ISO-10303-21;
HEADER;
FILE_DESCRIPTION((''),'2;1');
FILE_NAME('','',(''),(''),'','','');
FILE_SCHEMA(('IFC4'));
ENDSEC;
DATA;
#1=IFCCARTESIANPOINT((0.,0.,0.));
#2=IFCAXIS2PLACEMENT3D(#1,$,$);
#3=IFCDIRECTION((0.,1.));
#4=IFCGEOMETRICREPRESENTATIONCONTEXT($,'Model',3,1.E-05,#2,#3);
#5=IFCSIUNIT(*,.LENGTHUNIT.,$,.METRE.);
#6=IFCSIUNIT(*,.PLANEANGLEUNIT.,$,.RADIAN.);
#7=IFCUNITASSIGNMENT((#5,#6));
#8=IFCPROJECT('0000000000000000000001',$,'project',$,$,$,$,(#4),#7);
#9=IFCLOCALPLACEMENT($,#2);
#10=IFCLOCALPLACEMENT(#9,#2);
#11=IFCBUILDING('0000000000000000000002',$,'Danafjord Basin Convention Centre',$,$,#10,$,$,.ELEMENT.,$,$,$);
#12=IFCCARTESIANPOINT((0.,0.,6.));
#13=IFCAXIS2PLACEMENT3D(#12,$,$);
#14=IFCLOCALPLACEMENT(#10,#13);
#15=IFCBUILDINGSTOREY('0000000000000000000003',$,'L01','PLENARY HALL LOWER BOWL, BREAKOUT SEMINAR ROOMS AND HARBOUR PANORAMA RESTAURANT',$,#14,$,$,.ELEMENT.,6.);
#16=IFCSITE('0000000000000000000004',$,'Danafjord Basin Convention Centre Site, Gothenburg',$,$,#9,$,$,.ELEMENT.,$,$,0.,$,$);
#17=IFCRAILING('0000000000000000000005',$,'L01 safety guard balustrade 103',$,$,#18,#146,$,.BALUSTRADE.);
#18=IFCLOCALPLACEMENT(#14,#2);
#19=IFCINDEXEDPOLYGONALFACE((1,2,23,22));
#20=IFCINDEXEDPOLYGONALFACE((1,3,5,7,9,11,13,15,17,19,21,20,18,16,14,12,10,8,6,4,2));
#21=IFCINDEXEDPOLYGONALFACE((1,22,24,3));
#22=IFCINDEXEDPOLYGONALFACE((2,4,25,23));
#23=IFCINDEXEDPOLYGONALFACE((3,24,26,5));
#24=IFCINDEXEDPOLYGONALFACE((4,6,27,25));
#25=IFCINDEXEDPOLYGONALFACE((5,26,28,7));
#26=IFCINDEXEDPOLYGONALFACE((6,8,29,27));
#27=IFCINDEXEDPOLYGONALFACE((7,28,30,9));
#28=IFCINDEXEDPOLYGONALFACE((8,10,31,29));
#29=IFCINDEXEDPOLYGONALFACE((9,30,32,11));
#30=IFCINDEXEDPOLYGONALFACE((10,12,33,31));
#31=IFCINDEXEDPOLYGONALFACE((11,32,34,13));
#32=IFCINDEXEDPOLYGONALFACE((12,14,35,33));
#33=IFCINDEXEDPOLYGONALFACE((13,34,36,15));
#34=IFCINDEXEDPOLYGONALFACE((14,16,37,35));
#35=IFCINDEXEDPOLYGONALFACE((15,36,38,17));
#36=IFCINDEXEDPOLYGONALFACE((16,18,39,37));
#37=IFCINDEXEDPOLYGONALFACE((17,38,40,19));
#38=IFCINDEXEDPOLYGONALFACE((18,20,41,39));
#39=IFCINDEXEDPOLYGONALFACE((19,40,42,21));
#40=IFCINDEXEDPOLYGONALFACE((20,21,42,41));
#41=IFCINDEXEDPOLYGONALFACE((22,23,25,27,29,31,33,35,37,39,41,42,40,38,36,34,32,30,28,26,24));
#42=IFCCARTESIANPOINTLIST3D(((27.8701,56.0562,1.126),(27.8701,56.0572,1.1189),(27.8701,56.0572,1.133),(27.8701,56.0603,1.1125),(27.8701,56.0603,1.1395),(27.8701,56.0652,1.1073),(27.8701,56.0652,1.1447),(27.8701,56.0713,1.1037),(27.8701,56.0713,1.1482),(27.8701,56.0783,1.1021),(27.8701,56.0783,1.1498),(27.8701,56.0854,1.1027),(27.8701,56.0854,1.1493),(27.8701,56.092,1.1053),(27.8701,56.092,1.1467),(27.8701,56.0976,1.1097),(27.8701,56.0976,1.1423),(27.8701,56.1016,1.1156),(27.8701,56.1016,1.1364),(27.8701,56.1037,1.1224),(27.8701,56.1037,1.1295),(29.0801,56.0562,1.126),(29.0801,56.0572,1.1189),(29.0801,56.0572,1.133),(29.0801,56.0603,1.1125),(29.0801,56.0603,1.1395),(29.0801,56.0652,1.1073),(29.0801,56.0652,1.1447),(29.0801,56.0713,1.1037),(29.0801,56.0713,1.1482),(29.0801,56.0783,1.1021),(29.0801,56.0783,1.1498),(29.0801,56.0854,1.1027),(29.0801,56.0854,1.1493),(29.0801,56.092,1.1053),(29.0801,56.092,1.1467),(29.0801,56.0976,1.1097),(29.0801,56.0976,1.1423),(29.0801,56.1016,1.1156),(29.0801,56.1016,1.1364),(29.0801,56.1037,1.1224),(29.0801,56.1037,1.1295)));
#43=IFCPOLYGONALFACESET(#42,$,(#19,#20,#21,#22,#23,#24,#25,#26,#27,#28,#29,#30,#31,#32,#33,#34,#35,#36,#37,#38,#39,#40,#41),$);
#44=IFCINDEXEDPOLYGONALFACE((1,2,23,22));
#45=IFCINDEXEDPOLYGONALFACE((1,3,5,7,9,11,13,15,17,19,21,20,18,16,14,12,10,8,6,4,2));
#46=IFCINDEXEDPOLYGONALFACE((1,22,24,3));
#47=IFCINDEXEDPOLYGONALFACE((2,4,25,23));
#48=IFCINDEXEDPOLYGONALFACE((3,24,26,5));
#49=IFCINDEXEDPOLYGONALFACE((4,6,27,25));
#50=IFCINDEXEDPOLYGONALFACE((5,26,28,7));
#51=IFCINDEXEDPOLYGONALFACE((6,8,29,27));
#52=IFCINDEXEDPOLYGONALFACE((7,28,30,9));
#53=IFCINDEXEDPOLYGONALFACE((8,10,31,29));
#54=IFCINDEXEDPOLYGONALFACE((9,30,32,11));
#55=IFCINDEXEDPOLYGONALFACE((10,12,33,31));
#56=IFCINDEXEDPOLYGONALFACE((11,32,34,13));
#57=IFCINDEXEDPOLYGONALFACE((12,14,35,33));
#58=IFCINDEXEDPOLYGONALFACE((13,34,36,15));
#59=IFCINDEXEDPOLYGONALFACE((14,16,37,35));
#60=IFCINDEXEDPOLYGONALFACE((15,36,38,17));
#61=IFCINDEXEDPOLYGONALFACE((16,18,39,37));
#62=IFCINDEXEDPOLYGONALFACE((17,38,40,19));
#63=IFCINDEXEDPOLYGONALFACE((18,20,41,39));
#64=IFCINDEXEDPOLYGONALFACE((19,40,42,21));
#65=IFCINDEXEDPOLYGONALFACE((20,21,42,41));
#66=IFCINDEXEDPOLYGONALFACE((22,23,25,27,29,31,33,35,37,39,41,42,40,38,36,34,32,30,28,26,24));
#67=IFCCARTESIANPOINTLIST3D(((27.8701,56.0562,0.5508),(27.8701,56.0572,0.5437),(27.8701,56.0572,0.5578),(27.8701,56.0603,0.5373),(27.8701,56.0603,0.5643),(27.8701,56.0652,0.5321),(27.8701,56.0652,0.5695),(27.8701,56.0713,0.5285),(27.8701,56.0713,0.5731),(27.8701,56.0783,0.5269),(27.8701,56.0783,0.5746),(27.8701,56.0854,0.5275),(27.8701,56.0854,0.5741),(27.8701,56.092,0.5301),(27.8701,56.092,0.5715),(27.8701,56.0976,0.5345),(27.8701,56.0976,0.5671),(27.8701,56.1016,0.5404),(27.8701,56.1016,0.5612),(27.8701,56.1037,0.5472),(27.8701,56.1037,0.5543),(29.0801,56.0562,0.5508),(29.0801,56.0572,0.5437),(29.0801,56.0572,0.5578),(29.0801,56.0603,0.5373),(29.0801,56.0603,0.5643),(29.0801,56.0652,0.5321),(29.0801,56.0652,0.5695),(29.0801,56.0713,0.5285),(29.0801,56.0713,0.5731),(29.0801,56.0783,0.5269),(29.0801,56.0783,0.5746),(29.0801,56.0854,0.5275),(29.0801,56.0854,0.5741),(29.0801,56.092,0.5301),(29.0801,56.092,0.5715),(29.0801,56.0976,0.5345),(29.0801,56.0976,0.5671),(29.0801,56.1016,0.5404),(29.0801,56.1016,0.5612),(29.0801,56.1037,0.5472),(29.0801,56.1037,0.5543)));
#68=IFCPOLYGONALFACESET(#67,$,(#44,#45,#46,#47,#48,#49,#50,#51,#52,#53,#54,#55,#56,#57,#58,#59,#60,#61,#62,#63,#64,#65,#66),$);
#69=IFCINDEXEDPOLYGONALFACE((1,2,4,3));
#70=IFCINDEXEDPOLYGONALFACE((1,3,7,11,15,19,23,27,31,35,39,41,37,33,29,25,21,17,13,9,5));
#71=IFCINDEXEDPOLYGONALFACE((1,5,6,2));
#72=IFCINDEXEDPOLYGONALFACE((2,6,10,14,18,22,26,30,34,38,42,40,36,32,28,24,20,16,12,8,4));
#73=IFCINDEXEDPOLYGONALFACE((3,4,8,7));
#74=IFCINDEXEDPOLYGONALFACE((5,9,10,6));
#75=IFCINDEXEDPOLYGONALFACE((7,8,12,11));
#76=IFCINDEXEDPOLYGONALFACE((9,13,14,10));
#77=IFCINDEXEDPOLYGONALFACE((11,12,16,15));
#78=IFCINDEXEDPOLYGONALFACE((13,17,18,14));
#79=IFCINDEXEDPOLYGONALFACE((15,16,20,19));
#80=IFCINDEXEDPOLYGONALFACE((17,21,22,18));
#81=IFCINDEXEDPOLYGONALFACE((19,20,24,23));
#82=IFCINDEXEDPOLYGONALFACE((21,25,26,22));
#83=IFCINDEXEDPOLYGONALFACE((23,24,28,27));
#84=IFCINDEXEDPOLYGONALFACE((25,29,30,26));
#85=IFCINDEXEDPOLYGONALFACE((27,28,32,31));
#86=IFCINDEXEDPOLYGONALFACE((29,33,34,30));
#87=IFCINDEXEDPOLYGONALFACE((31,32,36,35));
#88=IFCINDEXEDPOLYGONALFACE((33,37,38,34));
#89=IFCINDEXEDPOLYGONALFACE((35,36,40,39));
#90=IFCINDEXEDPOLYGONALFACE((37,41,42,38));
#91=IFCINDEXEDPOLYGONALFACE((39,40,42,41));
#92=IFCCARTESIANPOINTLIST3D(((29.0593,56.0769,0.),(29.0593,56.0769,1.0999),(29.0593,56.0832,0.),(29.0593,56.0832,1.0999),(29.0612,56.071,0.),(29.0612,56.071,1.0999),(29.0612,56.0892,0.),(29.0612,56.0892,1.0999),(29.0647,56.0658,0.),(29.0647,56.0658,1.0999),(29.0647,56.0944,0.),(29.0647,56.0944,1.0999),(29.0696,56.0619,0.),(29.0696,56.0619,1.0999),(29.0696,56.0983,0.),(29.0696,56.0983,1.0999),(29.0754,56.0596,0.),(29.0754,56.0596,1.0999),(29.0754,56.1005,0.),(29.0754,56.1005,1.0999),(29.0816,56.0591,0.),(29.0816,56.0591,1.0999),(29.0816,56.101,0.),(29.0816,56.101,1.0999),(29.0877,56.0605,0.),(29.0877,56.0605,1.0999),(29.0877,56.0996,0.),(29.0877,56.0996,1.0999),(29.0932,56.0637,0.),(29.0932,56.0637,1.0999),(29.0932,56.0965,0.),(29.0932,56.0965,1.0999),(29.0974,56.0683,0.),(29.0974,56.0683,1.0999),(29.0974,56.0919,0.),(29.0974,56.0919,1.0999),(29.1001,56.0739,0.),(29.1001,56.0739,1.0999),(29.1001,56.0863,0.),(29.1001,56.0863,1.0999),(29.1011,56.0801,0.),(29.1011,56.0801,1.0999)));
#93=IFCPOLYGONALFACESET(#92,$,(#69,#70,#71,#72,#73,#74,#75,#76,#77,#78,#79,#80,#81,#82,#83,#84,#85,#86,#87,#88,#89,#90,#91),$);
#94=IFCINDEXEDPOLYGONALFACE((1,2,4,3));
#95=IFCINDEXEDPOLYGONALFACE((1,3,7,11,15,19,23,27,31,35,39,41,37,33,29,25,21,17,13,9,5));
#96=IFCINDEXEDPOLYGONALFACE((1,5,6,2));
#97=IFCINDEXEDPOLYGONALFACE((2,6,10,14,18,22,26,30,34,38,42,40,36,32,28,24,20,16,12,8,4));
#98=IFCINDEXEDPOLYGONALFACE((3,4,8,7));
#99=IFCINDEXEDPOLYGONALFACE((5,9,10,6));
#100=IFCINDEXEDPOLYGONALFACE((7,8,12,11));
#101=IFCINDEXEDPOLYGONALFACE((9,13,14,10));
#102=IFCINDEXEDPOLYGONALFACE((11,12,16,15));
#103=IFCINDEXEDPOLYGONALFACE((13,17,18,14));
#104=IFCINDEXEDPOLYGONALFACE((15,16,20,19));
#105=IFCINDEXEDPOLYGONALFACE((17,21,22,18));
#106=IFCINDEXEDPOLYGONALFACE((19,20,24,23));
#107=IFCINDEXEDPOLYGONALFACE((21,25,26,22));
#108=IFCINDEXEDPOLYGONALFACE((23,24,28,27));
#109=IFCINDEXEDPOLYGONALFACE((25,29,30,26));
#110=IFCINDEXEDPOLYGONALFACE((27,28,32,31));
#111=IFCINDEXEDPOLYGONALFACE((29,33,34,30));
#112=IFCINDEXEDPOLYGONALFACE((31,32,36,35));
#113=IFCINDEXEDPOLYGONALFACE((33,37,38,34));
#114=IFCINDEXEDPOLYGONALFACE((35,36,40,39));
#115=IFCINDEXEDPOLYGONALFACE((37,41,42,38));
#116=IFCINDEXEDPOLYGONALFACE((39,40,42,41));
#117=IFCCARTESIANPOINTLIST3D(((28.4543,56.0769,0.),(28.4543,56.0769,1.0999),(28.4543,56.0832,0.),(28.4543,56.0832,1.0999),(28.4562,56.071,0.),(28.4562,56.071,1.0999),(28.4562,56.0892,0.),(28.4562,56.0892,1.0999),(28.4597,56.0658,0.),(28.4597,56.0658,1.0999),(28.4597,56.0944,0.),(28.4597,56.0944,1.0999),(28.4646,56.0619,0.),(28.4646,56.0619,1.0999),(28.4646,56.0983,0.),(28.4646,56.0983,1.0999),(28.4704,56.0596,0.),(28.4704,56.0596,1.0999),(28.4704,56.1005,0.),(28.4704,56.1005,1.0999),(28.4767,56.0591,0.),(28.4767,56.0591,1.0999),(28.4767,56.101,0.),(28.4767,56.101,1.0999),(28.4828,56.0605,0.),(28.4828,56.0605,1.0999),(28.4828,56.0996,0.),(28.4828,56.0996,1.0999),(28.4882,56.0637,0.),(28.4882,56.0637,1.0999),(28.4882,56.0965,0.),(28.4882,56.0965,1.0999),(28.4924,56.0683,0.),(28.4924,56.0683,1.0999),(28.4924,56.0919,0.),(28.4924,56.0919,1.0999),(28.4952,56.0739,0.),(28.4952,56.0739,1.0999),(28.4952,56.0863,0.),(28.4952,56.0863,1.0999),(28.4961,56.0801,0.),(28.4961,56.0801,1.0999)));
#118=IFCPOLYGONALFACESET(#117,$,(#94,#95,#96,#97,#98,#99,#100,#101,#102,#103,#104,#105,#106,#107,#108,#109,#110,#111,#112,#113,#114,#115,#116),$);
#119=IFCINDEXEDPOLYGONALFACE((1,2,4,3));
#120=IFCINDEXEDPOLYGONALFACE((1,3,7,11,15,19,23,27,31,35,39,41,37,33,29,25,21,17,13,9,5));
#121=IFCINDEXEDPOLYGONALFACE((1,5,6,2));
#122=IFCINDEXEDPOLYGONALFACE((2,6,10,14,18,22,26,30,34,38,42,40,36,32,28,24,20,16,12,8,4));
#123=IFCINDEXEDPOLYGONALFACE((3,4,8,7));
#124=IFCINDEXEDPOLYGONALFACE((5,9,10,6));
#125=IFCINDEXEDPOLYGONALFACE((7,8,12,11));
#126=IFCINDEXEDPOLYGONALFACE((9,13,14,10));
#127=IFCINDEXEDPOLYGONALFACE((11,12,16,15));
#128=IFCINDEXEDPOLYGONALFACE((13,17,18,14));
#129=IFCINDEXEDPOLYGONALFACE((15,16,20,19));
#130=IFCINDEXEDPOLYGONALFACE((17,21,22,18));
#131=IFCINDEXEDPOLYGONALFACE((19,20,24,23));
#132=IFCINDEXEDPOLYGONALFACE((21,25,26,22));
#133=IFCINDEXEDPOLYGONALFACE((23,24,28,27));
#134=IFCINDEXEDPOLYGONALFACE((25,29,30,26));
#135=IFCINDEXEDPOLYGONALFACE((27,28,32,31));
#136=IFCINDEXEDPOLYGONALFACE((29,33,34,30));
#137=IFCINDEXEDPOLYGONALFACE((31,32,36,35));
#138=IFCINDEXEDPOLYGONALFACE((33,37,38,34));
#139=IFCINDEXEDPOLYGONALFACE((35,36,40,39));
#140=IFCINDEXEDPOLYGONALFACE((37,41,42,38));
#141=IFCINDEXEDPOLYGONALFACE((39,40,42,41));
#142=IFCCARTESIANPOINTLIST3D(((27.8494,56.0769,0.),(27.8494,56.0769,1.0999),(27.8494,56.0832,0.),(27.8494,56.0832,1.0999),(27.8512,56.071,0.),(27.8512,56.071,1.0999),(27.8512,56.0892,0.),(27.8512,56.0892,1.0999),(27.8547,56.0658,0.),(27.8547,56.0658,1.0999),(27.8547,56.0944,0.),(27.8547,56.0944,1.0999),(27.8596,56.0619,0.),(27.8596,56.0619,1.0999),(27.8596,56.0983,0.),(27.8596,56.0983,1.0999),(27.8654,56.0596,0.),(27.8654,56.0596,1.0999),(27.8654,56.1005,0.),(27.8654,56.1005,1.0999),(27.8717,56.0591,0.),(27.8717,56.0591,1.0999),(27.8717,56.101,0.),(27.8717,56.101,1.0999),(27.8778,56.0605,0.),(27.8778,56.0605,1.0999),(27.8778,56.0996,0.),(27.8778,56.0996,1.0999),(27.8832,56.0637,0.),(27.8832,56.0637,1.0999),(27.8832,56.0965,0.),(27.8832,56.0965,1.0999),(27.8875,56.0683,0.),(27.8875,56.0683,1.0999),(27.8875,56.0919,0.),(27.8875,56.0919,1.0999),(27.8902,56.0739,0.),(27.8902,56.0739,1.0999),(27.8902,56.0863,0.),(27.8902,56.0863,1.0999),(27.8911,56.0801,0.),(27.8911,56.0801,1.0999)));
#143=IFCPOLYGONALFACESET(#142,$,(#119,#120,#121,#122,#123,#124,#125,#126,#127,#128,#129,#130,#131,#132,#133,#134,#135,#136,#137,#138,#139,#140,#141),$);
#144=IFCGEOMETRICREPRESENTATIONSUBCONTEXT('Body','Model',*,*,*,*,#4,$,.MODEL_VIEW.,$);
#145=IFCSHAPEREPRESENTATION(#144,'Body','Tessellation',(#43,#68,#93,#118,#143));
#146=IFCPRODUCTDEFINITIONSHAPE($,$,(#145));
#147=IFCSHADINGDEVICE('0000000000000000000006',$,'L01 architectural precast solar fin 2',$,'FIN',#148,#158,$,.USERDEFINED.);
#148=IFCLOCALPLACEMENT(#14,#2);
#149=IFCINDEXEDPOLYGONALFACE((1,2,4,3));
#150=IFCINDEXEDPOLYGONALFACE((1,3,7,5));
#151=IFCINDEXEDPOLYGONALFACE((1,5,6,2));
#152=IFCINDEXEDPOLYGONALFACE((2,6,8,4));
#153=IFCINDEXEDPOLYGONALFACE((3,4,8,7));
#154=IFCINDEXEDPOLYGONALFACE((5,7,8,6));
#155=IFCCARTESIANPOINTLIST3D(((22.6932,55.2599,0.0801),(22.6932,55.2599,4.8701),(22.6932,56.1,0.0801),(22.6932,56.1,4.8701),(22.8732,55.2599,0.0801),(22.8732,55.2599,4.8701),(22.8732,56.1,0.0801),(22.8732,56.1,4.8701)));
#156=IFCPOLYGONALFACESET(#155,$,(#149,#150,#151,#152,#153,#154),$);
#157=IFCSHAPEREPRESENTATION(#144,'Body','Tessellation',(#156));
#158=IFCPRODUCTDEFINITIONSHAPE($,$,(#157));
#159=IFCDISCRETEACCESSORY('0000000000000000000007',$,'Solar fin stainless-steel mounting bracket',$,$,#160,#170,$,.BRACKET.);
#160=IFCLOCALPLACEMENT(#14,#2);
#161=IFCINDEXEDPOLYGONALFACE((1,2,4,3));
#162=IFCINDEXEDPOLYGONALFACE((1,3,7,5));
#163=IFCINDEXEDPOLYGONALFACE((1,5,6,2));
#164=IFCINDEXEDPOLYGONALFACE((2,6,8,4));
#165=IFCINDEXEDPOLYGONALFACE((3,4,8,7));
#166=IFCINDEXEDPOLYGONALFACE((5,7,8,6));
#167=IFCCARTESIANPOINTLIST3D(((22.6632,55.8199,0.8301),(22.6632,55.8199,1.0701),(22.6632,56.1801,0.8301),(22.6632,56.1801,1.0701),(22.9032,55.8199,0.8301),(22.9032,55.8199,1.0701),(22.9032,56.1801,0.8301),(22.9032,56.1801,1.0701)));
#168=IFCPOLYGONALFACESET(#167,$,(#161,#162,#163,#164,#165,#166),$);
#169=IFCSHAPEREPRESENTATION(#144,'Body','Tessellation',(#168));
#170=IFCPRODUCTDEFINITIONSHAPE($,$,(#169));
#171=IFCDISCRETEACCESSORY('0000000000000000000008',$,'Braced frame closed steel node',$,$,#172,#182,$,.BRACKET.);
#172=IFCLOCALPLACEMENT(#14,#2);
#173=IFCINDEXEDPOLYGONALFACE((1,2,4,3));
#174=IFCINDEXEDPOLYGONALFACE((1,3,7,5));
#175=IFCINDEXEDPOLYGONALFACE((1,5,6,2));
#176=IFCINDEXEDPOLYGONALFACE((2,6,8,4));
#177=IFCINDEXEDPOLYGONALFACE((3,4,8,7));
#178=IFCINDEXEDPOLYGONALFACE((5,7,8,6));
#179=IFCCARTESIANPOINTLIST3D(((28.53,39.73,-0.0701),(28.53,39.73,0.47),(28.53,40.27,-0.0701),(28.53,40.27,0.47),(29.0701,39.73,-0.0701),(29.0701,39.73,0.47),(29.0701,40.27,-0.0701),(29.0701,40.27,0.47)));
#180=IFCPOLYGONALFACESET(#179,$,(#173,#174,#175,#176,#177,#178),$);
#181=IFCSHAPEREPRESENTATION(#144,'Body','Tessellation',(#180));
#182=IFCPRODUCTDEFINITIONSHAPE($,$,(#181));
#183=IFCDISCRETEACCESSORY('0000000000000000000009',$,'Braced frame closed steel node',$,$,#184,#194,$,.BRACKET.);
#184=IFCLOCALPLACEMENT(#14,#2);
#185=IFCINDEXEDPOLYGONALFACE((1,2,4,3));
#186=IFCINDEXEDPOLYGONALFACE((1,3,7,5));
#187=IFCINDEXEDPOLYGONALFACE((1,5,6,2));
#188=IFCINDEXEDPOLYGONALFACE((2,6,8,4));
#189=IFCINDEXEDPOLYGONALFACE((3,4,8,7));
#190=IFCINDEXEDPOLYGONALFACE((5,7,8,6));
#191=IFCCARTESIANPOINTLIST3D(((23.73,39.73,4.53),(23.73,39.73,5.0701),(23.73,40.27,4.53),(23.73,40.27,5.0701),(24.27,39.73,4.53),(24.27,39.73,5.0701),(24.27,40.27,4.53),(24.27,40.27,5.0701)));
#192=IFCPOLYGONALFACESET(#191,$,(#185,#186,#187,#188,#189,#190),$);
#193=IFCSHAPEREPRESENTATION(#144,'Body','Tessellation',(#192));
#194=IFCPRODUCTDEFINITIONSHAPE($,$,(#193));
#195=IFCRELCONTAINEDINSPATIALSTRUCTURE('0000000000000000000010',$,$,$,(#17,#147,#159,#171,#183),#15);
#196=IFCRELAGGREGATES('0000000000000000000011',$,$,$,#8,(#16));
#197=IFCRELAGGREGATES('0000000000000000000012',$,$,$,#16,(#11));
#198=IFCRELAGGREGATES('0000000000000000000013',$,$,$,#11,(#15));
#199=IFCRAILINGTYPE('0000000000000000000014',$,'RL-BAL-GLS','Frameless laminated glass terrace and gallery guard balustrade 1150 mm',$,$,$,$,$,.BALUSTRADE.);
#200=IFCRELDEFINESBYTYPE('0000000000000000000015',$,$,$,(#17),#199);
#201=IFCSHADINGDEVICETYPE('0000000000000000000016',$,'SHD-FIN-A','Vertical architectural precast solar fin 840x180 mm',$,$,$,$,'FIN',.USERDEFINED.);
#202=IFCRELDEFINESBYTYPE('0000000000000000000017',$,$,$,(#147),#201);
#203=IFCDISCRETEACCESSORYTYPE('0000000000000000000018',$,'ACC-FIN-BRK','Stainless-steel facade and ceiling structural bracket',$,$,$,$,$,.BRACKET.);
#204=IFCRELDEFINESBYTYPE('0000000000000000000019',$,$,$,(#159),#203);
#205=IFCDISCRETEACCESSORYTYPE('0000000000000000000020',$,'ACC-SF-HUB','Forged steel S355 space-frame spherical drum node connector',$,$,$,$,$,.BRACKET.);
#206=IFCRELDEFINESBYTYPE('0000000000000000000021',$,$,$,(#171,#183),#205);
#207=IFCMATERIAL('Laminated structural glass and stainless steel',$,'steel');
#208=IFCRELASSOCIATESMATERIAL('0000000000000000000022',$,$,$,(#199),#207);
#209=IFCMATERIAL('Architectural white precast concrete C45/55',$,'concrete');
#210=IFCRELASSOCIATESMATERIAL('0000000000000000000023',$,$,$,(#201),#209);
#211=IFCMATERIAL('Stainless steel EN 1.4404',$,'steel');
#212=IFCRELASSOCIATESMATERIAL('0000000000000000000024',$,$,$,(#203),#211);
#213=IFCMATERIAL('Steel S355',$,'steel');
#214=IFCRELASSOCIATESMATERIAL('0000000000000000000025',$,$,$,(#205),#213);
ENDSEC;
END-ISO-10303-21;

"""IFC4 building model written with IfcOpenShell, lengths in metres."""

from ifc_helpers import new_model, si_unit, direction, frame, origin, origin_2d, place, context, subcontext, project, spatial, rectangle, circle, extrude, material, type_object, element, save


model = new_model("IFC4")

# Units and contexts
model_context = context("Model", 3, precision=1e-05, world=origin(), true_north=direction((0.0, 1.0)))
body_context = subcontext(model_context, "Body", "Model", "MODEL_VIEW")
ifc_project = project(units=[si_unit("LENGTHUNIT", "METRE"), si_unit("PLANEANGLEUNIT", "RADIAN")], contexts=[model_context])

# Site, building, storey
site_placement = place(None, origin())
site = spatial("IfcSite", under=ifc_project, at=site_placement, Name="Danafjord Basin Convention Centre Site, Gothenburg", CompositionType="ELEMENT", RefElevation=0.0)
building_placement = place(site_placement, origin())
building = spatial("IfcBuilding", under=site, at=building_placement, Name="Danafjord Basin Convention Centre", CompositionType="ELEMENT")
storey_placement = place(building_placement, frame((0.0, 0.0, 6.0)))
storey = spatial("IfcBuildingStorey", under=building, at=storey_placement, Name="L01", Description="PLENARY HALL LOWER BOWL, BREAKOUT SEMINAR ROOMS AND HARBOUR PANORAMA RESTAURANT", CompositionType="ELEMENT", Elevation=6.0)

# Shared definitions
ifc_material_1 = material(Name="Steel S355", Category="steel")

# Railing
ifc_material_2 = material(Name="Laminated structural glass and stainless steel", Category="steel")
railing_type = type_object("IfcRailingType", Name="RL-BAL-GLS", Description="Frameless laminated glass terrace and gallery guard balustrade 1150 mm", PredefinedType="BALUSTRADE", material=ifc_material_2)
railing_1_placement = place(storey_placement, frame((29.0801, 56.0801, 0.0)))
element("IfcRailing", 1, at=railing_1_placement, inside=storey, type_object=railing_type, Name="L01 safety guard balustrade 103", PredefinedType="BALUSTRADE", context=body_context, shape_type="SweptSolid", body=[
    extrude(circle(Radius=0.0239, at=origin_2d()), frame((0.0, 0.0, 1.126), z_axis=(-1.0, 0.0, 0.0), x_axis=(0.0, -1.0, 0.0)), (0.0, 0.0, 1.0), 1.21),
    extrude(circle(Radius=0.0239, at=origin_2d()), frame((0.0, 0.0, 0.5508), z_axis=(-1.0, 0.0, 0.0), x_axis=(0.0, -1.0, 0.0)), (0.0, 0.0, 1.0), 1.21),
    extrude(circle(Radius=0.021, at=origin_2d()), origin(), (0.0, 0.0, 1.0), 1.0999),
    extrude(circle(Radius=0.021, at=origin_2d()), frame((-0.605, 0.0, 0.0)), (0.0, 0.0, 1.0), 1.0999),
    extrude(circle(Radius=0.021, at=origin_2d()), frame((-1.21, 0.0, 0.0)), (0.0, 0.0, 1.0), 1.0999),
])

# Shading device
ifc_material_3 = material(Name="Architectural white precast concrete C45/55", Category="concrete")
shading_device_type = type_object("IfcShadingDeviceType", Name="SHD-FIN-A", Description="Vertical architectural precast solar fin 840x180 mm", ElementType="FIN", PredefinedType="USERDEFINED", material=ifc_material_3)
shading_device_placement = place(storey_placement, frame((22.7832, 55.6799, 0.0801), z_axis=(0.0, 0.0, 1.0), x_axis=(1.0, 0.0, 0.0)))
element("IfcShadingDevice", 2, at=shading_device_placement, inside=storey, type_object=shading_device_type, Name="L01 architectural precast solar fin 2", ObjectType="FIN", PredefinedType="USERDEFINED", context=body_context, shape_type="SweptSolid", body=[
    extrude(rectangle(XDim=0.1799, YDim=0.8401, at=origin_2d()), origin(), (0.0, 0.0, 1.0), 4.79),
])

# Discrete accessories
ifc_material_4 = material(Name="Stainless steel EN 1.4404", Category="steel")
discrete_accessory_type_1 = type_object("IfcDiscreteAccessoryType", Name="ACC-FIN-BRK", Description="Stainless-steel facade and ceiling structural bracket", PredefinedType="BRACKET", material=ifc_material_4)
discrete_accessory_placement = place(storey_placement, frame((22.7832, 56.0, 0.8301), z_axis=(0.0, 0.0, 1.0), x_axis=(1.0, 0.0, 0.0)))
element("IfcDiscreteAccessory", 3, at=discrete_accessory_placement, inside=storey, type_object=discrete_accessory_type_1, Name="Solar fin stainless-steel mounting bracket", PredefinedType="BRACKET", context=body_context, shape_type="SweptSolid", body=[
    extrude(rectangle(XDim=0.24, YDim=0.3601, at=origin_2d()), origin(), (0.0, 0.0, 1.0), 0.24),
])
discrete_accessory_type_2 = type_object("IfcDiscreteAccessoryType", Name="ACC-SF-HUB", Description="Forged steel S355 space-frame spherical drum node connector", PredefinedType="BRACKET", material=ifc_material_1)
for number, where, z_axis, x_axis, name in (
    (4, (28.8, 40.0, -0.0701), (0.0, 0.0, 1.0), (1.0, 0.0, 0.0), "Braced frame closed steel node"),
    (5, (24.0, 40.0, 4.53), (0.0, 0.0, 1.0), (1.0, 0.0, 0.0), "Braced frame closed steel node"),
):
    element("IfcDiscreteAccessory", number, at=place(storey_placement, frame(where, z_axis=z_axis, x_axis=x_axis)), inside=storey, type_object=discrete_accessory_type_2, Name=name, PredefinedType="BRACKET", context=body_context, shape_type="SweptSolid", body=[
        extrude(rectangle(XDim=0.54, YDim=0.54, at=origin_2d()), origin(), (0.0, 0.0, 1.0), 0.54),
    ])

save(model, "model.ifc")
